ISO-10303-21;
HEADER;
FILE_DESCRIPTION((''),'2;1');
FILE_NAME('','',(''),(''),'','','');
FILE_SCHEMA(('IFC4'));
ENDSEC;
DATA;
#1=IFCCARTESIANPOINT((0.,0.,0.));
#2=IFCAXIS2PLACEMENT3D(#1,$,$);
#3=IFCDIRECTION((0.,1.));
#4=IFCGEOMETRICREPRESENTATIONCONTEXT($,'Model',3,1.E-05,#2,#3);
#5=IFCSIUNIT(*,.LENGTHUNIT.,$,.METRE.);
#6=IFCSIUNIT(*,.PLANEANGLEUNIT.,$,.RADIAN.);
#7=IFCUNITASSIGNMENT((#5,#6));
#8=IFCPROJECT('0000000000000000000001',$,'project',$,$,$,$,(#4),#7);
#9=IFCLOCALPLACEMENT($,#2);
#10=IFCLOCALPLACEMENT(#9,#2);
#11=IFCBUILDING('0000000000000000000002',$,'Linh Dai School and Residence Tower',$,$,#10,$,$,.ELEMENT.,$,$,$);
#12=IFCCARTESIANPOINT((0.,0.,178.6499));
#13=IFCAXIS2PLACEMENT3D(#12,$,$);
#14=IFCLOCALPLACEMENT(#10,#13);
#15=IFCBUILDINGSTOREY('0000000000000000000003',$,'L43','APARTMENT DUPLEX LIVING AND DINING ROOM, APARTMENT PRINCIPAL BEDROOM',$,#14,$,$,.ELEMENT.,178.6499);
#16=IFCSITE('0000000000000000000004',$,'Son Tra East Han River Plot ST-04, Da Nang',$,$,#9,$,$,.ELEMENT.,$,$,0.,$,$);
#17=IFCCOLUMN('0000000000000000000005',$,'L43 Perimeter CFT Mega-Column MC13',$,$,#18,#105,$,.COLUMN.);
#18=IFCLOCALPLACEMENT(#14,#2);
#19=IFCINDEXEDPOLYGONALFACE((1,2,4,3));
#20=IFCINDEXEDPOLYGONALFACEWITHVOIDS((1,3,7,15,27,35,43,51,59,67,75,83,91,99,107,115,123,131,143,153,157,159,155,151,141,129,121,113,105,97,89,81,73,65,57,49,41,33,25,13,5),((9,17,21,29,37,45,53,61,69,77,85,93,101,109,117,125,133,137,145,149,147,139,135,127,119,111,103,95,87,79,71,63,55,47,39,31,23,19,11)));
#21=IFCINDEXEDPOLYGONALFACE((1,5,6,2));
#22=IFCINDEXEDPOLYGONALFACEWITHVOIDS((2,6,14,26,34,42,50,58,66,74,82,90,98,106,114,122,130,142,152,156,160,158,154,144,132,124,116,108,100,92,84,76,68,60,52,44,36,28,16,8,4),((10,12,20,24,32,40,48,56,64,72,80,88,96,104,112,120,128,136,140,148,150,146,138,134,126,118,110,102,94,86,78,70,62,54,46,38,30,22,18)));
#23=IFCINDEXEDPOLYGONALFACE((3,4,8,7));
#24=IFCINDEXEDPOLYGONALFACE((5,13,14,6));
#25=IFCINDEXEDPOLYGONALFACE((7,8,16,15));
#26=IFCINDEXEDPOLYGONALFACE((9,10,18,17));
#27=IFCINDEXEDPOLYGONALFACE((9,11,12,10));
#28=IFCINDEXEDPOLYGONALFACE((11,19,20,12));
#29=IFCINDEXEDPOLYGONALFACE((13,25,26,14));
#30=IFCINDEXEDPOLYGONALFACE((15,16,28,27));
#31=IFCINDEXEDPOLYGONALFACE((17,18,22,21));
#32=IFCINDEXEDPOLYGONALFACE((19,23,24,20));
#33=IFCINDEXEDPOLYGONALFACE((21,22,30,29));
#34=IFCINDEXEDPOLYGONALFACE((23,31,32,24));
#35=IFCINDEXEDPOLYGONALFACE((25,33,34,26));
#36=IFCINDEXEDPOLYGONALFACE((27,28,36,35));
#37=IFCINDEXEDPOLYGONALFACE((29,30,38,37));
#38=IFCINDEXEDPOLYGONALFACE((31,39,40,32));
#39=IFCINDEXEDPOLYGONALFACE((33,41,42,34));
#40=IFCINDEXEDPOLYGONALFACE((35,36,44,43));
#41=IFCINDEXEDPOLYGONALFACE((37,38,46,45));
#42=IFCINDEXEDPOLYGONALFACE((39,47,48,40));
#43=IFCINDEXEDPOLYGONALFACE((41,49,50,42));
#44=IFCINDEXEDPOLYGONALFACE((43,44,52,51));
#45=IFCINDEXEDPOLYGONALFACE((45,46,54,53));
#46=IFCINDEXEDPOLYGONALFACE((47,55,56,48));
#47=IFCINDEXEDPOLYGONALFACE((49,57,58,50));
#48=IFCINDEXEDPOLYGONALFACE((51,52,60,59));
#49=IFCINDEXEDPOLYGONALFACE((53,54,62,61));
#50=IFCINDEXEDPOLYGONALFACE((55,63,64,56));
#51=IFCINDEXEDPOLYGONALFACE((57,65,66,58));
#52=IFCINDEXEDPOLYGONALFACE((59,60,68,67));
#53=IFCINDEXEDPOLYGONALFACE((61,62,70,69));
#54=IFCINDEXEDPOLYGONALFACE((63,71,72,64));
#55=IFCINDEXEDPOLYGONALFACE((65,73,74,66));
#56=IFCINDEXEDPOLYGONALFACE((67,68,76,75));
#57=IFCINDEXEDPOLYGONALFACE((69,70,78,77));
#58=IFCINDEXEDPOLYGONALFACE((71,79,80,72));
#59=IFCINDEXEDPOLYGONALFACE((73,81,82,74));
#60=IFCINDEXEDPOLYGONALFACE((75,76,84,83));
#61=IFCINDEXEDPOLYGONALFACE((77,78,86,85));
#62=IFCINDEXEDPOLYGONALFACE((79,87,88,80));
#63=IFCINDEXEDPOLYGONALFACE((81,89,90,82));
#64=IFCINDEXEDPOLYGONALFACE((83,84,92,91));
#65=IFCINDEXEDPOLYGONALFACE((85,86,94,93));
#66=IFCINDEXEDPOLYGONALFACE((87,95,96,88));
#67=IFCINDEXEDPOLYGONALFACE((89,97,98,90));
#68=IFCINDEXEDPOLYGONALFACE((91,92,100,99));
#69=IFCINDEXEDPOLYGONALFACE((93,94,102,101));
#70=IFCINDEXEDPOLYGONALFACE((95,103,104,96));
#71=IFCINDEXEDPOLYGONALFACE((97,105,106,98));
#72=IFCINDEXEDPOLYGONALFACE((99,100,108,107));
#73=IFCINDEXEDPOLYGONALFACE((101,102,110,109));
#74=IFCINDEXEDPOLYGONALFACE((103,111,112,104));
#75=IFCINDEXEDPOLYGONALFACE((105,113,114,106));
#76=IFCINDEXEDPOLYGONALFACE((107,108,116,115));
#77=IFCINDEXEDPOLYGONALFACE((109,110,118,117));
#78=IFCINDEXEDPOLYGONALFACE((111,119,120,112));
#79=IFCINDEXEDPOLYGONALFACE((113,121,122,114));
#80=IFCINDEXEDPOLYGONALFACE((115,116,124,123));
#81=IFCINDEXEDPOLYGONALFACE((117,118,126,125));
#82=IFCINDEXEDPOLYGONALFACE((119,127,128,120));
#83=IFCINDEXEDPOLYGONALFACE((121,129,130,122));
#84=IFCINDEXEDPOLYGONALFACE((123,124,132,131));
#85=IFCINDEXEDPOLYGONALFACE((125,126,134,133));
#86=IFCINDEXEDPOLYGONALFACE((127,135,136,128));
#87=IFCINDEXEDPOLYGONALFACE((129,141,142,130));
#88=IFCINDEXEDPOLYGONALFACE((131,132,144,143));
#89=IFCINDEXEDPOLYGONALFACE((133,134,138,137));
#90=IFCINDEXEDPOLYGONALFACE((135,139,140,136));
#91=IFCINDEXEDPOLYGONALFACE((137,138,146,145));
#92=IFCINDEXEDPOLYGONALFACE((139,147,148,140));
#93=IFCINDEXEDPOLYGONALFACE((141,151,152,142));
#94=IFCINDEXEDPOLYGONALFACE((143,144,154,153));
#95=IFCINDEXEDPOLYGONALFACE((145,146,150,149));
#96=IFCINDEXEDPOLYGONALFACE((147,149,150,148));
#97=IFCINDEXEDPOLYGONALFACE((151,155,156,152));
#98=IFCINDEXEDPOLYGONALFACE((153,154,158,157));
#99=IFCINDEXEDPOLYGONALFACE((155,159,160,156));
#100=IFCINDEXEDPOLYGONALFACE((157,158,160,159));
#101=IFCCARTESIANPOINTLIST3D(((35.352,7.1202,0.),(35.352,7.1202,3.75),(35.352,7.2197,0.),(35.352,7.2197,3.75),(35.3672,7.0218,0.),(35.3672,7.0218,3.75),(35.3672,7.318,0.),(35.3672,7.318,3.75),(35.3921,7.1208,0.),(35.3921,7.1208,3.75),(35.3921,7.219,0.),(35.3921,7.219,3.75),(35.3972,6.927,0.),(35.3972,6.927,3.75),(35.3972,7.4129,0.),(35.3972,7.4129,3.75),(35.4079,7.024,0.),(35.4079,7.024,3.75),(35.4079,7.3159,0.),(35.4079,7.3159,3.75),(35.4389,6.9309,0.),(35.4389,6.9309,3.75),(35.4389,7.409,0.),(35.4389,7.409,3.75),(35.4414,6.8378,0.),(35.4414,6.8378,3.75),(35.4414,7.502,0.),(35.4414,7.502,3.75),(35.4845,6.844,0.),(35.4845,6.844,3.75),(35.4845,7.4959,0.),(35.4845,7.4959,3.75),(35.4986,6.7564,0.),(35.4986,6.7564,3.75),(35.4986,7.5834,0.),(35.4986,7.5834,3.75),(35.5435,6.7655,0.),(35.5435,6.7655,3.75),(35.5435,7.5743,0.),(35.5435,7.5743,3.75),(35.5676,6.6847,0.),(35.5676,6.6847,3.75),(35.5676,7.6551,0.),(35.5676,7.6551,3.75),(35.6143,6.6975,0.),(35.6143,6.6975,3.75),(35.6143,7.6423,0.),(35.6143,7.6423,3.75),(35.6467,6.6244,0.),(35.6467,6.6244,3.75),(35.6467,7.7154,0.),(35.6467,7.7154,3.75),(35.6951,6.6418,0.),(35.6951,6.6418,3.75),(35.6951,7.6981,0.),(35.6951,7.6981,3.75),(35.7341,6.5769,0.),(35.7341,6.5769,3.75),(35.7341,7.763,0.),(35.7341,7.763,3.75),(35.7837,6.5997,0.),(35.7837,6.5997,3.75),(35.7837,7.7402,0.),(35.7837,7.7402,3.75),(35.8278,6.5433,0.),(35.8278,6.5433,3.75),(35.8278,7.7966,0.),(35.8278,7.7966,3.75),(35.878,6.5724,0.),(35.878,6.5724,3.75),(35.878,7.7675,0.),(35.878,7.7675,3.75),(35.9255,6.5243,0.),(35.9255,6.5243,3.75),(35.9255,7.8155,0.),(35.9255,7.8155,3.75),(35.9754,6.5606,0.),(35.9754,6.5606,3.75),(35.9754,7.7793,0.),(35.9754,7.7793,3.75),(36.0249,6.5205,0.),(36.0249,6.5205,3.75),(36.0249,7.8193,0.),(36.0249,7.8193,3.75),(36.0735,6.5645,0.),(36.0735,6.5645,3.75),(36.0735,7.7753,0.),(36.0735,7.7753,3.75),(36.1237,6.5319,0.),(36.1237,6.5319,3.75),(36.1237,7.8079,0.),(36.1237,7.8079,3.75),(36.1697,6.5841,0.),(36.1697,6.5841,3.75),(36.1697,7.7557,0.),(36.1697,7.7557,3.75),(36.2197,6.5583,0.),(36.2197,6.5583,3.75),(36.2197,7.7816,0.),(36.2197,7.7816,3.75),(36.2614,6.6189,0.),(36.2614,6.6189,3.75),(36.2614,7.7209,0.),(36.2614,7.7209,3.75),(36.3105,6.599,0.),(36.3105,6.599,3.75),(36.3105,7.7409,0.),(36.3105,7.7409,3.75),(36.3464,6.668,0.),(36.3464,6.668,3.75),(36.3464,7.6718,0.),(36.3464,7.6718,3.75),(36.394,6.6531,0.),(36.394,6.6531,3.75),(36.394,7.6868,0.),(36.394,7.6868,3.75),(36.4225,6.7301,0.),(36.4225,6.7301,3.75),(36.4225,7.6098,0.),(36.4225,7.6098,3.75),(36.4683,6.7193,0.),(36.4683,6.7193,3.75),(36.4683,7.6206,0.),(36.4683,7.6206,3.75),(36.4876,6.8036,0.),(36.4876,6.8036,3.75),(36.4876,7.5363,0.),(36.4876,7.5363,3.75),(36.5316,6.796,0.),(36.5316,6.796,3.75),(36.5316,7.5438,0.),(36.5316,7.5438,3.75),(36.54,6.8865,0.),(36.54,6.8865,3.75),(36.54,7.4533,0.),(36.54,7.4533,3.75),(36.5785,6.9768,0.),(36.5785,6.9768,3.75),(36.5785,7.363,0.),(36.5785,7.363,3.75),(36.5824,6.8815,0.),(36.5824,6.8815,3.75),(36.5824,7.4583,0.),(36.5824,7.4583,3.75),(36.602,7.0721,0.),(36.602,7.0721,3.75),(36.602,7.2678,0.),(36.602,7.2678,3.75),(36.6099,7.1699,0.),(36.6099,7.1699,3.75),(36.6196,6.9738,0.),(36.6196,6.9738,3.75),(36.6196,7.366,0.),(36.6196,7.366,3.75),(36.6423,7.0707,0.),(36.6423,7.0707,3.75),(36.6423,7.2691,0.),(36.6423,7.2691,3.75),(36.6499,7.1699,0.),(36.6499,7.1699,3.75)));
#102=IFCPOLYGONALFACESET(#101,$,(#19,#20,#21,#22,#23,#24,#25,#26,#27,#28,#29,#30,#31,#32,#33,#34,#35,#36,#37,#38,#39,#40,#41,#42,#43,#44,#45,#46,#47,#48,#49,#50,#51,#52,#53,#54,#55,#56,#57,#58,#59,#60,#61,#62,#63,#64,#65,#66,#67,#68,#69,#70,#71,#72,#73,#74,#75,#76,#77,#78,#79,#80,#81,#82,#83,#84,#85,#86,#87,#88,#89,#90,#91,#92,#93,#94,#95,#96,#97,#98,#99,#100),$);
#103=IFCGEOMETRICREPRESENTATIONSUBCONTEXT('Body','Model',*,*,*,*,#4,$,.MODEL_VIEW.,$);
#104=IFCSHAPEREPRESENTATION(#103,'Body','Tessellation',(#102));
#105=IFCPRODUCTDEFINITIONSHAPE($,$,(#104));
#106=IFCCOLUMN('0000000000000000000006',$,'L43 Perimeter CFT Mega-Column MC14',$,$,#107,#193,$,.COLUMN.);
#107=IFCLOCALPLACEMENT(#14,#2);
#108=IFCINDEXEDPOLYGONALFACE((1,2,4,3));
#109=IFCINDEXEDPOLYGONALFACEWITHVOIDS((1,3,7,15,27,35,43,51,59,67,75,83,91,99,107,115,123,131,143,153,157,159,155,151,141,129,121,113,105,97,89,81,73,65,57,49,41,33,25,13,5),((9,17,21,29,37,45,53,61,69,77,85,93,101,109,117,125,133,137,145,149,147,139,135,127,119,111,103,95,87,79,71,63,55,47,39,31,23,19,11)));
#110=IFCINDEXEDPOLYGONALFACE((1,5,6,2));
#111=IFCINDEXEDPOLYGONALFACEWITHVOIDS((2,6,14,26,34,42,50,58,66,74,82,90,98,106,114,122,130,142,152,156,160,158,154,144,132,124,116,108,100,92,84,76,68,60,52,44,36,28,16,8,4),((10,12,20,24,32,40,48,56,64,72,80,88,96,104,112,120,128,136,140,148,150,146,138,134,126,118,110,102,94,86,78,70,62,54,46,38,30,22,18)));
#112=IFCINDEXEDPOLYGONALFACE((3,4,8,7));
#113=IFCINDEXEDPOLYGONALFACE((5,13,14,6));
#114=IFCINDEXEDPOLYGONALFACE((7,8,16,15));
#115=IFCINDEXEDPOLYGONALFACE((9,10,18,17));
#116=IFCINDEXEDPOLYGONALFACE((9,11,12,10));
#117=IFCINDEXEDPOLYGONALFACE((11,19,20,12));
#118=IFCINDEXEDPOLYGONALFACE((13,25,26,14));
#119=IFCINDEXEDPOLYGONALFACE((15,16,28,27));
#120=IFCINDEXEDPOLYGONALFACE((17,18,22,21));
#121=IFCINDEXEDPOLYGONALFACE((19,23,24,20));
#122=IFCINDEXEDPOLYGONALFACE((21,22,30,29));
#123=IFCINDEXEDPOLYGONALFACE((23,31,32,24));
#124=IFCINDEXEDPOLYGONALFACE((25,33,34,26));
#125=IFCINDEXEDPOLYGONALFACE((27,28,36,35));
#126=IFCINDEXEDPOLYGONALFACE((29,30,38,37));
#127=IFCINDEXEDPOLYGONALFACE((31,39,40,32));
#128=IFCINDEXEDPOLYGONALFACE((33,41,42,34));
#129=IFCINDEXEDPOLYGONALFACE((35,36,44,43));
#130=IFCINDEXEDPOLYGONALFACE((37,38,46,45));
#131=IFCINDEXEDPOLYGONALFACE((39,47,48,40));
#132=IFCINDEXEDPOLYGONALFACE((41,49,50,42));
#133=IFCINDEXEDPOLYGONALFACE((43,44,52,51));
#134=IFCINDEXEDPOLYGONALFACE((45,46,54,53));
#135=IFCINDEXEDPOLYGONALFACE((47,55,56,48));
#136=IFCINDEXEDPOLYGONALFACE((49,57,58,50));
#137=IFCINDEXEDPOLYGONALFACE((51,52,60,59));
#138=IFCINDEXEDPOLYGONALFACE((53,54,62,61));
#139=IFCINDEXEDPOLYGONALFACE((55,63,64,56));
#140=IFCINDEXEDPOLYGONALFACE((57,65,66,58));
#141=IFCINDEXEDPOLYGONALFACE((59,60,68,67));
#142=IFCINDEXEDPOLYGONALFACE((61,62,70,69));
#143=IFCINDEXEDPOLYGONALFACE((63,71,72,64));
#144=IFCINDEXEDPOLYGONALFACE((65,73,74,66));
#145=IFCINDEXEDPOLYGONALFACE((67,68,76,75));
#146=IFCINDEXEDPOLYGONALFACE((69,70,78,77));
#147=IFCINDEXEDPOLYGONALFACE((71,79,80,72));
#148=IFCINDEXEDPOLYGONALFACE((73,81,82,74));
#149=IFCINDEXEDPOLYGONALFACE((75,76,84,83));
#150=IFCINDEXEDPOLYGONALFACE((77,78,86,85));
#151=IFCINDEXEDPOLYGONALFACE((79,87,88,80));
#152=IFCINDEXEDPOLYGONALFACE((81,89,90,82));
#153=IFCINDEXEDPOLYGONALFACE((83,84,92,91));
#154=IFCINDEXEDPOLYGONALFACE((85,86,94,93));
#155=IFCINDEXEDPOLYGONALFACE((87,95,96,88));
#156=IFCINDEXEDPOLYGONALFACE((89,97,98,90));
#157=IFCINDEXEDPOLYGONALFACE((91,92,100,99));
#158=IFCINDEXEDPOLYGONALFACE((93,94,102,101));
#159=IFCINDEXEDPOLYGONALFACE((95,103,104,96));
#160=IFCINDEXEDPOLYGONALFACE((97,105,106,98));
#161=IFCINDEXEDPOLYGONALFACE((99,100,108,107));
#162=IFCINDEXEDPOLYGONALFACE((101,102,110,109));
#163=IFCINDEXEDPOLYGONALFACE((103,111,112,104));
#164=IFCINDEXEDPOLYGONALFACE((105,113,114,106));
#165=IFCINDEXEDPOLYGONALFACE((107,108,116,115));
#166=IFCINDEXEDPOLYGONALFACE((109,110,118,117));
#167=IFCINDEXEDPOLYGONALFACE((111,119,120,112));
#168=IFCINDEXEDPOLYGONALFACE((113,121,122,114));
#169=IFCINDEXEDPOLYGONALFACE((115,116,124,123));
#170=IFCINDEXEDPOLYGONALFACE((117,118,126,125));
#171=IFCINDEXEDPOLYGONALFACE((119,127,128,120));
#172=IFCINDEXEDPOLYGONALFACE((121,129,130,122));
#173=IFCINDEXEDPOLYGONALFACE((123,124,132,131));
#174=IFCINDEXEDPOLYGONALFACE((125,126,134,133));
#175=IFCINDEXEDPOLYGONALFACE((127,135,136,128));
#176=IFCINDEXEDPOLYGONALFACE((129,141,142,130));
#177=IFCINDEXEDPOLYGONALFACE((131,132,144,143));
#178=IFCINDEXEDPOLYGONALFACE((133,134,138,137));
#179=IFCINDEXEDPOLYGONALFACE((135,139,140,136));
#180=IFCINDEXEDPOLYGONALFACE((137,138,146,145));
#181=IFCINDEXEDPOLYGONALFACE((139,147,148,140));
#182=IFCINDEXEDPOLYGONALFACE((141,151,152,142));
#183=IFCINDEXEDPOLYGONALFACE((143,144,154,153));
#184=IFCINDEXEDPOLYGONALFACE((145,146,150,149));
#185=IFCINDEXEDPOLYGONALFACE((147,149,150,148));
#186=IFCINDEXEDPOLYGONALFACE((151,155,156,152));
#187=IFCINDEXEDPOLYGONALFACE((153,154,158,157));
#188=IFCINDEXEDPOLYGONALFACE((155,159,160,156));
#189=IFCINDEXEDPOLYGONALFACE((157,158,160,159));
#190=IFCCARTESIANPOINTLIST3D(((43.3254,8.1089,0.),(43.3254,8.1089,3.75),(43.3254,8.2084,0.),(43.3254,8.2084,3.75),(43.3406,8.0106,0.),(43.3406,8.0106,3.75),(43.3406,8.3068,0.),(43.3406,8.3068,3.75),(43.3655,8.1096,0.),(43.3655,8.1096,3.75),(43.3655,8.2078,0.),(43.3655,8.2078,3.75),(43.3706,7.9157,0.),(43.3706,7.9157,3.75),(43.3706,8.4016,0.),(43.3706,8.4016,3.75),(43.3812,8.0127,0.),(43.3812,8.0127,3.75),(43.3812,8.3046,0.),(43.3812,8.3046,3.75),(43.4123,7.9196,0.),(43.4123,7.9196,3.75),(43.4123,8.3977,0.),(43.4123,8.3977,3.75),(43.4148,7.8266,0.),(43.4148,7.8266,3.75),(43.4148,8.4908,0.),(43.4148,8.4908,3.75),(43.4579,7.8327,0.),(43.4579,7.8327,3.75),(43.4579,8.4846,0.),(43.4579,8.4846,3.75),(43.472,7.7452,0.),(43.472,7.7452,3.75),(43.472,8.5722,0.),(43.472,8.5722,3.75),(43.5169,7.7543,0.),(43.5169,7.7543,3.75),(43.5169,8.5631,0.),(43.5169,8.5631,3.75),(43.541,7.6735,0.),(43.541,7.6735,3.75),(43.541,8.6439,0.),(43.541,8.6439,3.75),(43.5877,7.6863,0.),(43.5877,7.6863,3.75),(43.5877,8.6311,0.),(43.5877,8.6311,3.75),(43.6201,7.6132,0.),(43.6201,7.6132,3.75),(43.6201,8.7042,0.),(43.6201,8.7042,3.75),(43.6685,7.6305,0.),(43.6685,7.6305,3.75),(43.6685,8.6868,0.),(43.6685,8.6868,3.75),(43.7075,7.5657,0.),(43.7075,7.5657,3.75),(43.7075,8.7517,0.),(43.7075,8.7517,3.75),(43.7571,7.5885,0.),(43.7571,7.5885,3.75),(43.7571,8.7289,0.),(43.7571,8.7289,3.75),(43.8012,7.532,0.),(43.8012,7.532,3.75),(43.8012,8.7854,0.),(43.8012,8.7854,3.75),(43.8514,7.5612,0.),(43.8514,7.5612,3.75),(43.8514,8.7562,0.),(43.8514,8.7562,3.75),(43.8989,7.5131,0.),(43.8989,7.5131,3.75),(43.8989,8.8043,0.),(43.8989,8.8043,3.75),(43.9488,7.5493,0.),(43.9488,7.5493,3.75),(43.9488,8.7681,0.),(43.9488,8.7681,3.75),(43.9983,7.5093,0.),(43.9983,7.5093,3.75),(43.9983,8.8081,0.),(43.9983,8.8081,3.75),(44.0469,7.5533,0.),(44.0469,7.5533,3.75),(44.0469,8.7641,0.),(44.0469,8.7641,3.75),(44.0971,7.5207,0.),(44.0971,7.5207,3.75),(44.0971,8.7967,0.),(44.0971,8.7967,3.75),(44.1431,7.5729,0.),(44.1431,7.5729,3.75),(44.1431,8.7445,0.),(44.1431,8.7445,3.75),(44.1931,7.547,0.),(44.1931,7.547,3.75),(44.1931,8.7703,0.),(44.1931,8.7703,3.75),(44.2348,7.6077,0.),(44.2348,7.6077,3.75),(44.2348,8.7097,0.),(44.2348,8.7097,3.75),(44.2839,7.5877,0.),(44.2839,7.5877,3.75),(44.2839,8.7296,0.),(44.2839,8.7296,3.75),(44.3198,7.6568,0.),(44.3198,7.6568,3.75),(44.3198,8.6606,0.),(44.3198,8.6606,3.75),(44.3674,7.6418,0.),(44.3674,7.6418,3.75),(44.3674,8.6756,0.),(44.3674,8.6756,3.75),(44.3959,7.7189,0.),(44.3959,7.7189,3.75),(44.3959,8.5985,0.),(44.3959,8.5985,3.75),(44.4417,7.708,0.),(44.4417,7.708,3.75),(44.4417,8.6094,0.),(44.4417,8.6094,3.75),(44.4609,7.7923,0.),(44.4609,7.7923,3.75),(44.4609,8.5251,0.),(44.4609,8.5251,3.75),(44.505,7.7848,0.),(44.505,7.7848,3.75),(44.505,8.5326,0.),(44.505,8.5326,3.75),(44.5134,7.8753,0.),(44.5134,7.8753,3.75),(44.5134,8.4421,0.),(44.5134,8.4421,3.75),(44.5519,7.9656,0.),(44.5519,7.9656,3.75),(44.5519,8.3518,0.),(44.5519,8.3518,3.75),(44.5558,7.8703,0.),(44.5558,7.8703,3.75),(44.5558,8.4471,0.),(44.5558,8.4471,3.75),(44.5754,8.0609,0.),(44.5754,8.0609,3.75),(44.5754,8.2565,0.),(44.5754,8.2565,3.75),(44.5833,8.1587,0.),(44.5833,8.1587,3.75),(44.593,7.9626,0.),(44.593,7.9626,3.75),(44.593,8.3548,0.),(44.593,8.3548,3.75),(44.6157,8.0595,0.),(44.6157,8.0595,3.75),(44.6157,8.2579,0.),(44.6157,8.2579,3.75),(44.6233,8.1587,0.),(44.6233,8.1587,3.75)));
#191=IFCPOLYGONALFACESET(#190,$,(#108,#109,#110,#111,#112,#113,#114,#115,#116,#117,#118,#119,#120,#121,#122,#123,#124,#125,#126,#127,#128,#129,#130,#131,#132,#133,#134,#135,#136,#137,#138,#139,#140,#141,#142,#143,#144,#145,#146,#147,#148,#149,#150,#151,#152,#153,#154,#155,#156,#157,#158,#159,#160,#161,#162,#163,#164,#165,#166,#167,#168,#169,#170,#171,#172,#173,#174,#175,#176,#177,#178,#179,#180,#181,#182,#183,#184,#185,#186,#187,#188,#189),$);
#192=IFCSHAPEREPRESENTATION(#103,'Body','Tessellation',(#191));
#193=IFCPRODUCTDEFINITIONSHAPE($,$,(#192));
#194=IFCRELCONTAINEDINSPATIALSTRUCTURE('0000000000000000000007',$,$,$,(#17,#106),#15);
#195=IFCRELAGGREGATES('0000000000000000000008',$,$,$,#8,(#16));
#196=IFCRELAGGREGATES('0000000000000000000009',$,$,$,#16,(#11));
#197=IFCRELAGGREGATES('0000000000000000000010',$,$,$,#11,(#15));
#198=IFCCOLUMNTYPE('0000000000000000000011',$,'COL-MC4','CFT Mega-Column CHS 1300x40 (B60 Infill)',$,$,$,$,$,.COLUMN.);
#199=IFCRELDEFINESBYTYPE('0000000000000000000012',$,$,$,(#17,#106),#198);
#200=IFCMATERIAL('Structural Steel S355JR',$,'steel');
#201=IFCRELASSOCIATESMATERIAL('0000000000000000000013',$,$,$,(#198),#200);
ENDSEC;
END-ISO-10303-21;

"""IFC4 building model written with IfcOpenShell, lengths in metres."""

from ifc_helpers import new_model, si_unit, direction, frame, origin, origin_2d, place, context, subcontext, project, spatial, hollow_circle, extrude, material, material_profile, profile_set, type_object, element, save


model = new_model("IFC4")

# Units and contexts
model_context = context("Model", 3, precision=1e-05, world=origin(), true_north=direction((0.0, 1.0)))
body_context = subcontext(model_context, "Body", "Model", "MODEL_VIEW")
ifc_project = project(units=[si_unit("LENGTHUNIT", "METRE"), si_unit("PLANEANGLEUNIT", "RADIAN")], contexts=[model_context])

# Site, building, storey
site_placement = place(None, origin())
site = spatial("IfcSite", under=ifc_project, at=site_placement, Name="Son Tra East Han River Plot ST-04, Da Nang", CompositionType="ELEMENT", RefElevation=0.0)
building_placement = place(site_placement, origin())
building = spatial("IfcBuilding", under=site, at=building_placement, Name="Linh Dai School and Residence Tower", CompositionType="ELEMENT")
storey_placement = place(building_placement, frame((0.0, 0.0, 178.6499)))
storey = spatial("IfcBuildingStorey", under=building, at=storey_placement, Name="L43", Description="APARTMENT DUPLEX LIVING AND DINING ROOM, APARTMENT PRINCIPAL BEDROOM", CompositionType="ELEMENT", Elevation=178.6499)

# Columns
ifc_material_1 = material(Name="Structural Steel S355JR", Category="steel")
ifc_material_profile_1 = material_profile(ifc_material_1, hollow_circle(Radius=0.6499, WallThickness=0.04, at=origin_2d()), Name="CHS 1300x40")
ifc_profile_set_1 = profile_set([ifc_material_profile_1], Name="Structural Steel S355JR")
column_type = type_object("IfcColumnType", Name="COL-MC4", Description="CFT Mega-Column CHS 1300x40 (B60 Infill)", PredefinedType="COLUMN", material=ifc_profile_set_1)
for number, where, z_axis, x_axis, name in (
    (1, (36.0, 7.1699, 0.0), (0.0, 0.0, 1.0), (1.0, 0.0, 0.0), "L43 Perimeter CFT Mega-Column MC13"),
    (2, (43.9734, 8.1587, 0.0), (0.0, 0.0, 1.0), (1.0, 0.0, 0.0), "L43 Perimeter CFT Mega-Column MC14"),
):
    element("IfcColumn", number, at=place(storey_placement, frame(where, z_axis=z_axis, x_axis=x_axis)), inside=storey, type_object=column_type, Name=name, PredefinedType="COLUMN", context=body_context, shape_type="SweptSolid", body=[
        extrude(hollow_circle(Radius=0.6499, WallThickness=0.04, at=origin_2d()), origin(), (0.0, 0.0, 1.0), 3.75),
    ])

save(model, "model.ifc")
